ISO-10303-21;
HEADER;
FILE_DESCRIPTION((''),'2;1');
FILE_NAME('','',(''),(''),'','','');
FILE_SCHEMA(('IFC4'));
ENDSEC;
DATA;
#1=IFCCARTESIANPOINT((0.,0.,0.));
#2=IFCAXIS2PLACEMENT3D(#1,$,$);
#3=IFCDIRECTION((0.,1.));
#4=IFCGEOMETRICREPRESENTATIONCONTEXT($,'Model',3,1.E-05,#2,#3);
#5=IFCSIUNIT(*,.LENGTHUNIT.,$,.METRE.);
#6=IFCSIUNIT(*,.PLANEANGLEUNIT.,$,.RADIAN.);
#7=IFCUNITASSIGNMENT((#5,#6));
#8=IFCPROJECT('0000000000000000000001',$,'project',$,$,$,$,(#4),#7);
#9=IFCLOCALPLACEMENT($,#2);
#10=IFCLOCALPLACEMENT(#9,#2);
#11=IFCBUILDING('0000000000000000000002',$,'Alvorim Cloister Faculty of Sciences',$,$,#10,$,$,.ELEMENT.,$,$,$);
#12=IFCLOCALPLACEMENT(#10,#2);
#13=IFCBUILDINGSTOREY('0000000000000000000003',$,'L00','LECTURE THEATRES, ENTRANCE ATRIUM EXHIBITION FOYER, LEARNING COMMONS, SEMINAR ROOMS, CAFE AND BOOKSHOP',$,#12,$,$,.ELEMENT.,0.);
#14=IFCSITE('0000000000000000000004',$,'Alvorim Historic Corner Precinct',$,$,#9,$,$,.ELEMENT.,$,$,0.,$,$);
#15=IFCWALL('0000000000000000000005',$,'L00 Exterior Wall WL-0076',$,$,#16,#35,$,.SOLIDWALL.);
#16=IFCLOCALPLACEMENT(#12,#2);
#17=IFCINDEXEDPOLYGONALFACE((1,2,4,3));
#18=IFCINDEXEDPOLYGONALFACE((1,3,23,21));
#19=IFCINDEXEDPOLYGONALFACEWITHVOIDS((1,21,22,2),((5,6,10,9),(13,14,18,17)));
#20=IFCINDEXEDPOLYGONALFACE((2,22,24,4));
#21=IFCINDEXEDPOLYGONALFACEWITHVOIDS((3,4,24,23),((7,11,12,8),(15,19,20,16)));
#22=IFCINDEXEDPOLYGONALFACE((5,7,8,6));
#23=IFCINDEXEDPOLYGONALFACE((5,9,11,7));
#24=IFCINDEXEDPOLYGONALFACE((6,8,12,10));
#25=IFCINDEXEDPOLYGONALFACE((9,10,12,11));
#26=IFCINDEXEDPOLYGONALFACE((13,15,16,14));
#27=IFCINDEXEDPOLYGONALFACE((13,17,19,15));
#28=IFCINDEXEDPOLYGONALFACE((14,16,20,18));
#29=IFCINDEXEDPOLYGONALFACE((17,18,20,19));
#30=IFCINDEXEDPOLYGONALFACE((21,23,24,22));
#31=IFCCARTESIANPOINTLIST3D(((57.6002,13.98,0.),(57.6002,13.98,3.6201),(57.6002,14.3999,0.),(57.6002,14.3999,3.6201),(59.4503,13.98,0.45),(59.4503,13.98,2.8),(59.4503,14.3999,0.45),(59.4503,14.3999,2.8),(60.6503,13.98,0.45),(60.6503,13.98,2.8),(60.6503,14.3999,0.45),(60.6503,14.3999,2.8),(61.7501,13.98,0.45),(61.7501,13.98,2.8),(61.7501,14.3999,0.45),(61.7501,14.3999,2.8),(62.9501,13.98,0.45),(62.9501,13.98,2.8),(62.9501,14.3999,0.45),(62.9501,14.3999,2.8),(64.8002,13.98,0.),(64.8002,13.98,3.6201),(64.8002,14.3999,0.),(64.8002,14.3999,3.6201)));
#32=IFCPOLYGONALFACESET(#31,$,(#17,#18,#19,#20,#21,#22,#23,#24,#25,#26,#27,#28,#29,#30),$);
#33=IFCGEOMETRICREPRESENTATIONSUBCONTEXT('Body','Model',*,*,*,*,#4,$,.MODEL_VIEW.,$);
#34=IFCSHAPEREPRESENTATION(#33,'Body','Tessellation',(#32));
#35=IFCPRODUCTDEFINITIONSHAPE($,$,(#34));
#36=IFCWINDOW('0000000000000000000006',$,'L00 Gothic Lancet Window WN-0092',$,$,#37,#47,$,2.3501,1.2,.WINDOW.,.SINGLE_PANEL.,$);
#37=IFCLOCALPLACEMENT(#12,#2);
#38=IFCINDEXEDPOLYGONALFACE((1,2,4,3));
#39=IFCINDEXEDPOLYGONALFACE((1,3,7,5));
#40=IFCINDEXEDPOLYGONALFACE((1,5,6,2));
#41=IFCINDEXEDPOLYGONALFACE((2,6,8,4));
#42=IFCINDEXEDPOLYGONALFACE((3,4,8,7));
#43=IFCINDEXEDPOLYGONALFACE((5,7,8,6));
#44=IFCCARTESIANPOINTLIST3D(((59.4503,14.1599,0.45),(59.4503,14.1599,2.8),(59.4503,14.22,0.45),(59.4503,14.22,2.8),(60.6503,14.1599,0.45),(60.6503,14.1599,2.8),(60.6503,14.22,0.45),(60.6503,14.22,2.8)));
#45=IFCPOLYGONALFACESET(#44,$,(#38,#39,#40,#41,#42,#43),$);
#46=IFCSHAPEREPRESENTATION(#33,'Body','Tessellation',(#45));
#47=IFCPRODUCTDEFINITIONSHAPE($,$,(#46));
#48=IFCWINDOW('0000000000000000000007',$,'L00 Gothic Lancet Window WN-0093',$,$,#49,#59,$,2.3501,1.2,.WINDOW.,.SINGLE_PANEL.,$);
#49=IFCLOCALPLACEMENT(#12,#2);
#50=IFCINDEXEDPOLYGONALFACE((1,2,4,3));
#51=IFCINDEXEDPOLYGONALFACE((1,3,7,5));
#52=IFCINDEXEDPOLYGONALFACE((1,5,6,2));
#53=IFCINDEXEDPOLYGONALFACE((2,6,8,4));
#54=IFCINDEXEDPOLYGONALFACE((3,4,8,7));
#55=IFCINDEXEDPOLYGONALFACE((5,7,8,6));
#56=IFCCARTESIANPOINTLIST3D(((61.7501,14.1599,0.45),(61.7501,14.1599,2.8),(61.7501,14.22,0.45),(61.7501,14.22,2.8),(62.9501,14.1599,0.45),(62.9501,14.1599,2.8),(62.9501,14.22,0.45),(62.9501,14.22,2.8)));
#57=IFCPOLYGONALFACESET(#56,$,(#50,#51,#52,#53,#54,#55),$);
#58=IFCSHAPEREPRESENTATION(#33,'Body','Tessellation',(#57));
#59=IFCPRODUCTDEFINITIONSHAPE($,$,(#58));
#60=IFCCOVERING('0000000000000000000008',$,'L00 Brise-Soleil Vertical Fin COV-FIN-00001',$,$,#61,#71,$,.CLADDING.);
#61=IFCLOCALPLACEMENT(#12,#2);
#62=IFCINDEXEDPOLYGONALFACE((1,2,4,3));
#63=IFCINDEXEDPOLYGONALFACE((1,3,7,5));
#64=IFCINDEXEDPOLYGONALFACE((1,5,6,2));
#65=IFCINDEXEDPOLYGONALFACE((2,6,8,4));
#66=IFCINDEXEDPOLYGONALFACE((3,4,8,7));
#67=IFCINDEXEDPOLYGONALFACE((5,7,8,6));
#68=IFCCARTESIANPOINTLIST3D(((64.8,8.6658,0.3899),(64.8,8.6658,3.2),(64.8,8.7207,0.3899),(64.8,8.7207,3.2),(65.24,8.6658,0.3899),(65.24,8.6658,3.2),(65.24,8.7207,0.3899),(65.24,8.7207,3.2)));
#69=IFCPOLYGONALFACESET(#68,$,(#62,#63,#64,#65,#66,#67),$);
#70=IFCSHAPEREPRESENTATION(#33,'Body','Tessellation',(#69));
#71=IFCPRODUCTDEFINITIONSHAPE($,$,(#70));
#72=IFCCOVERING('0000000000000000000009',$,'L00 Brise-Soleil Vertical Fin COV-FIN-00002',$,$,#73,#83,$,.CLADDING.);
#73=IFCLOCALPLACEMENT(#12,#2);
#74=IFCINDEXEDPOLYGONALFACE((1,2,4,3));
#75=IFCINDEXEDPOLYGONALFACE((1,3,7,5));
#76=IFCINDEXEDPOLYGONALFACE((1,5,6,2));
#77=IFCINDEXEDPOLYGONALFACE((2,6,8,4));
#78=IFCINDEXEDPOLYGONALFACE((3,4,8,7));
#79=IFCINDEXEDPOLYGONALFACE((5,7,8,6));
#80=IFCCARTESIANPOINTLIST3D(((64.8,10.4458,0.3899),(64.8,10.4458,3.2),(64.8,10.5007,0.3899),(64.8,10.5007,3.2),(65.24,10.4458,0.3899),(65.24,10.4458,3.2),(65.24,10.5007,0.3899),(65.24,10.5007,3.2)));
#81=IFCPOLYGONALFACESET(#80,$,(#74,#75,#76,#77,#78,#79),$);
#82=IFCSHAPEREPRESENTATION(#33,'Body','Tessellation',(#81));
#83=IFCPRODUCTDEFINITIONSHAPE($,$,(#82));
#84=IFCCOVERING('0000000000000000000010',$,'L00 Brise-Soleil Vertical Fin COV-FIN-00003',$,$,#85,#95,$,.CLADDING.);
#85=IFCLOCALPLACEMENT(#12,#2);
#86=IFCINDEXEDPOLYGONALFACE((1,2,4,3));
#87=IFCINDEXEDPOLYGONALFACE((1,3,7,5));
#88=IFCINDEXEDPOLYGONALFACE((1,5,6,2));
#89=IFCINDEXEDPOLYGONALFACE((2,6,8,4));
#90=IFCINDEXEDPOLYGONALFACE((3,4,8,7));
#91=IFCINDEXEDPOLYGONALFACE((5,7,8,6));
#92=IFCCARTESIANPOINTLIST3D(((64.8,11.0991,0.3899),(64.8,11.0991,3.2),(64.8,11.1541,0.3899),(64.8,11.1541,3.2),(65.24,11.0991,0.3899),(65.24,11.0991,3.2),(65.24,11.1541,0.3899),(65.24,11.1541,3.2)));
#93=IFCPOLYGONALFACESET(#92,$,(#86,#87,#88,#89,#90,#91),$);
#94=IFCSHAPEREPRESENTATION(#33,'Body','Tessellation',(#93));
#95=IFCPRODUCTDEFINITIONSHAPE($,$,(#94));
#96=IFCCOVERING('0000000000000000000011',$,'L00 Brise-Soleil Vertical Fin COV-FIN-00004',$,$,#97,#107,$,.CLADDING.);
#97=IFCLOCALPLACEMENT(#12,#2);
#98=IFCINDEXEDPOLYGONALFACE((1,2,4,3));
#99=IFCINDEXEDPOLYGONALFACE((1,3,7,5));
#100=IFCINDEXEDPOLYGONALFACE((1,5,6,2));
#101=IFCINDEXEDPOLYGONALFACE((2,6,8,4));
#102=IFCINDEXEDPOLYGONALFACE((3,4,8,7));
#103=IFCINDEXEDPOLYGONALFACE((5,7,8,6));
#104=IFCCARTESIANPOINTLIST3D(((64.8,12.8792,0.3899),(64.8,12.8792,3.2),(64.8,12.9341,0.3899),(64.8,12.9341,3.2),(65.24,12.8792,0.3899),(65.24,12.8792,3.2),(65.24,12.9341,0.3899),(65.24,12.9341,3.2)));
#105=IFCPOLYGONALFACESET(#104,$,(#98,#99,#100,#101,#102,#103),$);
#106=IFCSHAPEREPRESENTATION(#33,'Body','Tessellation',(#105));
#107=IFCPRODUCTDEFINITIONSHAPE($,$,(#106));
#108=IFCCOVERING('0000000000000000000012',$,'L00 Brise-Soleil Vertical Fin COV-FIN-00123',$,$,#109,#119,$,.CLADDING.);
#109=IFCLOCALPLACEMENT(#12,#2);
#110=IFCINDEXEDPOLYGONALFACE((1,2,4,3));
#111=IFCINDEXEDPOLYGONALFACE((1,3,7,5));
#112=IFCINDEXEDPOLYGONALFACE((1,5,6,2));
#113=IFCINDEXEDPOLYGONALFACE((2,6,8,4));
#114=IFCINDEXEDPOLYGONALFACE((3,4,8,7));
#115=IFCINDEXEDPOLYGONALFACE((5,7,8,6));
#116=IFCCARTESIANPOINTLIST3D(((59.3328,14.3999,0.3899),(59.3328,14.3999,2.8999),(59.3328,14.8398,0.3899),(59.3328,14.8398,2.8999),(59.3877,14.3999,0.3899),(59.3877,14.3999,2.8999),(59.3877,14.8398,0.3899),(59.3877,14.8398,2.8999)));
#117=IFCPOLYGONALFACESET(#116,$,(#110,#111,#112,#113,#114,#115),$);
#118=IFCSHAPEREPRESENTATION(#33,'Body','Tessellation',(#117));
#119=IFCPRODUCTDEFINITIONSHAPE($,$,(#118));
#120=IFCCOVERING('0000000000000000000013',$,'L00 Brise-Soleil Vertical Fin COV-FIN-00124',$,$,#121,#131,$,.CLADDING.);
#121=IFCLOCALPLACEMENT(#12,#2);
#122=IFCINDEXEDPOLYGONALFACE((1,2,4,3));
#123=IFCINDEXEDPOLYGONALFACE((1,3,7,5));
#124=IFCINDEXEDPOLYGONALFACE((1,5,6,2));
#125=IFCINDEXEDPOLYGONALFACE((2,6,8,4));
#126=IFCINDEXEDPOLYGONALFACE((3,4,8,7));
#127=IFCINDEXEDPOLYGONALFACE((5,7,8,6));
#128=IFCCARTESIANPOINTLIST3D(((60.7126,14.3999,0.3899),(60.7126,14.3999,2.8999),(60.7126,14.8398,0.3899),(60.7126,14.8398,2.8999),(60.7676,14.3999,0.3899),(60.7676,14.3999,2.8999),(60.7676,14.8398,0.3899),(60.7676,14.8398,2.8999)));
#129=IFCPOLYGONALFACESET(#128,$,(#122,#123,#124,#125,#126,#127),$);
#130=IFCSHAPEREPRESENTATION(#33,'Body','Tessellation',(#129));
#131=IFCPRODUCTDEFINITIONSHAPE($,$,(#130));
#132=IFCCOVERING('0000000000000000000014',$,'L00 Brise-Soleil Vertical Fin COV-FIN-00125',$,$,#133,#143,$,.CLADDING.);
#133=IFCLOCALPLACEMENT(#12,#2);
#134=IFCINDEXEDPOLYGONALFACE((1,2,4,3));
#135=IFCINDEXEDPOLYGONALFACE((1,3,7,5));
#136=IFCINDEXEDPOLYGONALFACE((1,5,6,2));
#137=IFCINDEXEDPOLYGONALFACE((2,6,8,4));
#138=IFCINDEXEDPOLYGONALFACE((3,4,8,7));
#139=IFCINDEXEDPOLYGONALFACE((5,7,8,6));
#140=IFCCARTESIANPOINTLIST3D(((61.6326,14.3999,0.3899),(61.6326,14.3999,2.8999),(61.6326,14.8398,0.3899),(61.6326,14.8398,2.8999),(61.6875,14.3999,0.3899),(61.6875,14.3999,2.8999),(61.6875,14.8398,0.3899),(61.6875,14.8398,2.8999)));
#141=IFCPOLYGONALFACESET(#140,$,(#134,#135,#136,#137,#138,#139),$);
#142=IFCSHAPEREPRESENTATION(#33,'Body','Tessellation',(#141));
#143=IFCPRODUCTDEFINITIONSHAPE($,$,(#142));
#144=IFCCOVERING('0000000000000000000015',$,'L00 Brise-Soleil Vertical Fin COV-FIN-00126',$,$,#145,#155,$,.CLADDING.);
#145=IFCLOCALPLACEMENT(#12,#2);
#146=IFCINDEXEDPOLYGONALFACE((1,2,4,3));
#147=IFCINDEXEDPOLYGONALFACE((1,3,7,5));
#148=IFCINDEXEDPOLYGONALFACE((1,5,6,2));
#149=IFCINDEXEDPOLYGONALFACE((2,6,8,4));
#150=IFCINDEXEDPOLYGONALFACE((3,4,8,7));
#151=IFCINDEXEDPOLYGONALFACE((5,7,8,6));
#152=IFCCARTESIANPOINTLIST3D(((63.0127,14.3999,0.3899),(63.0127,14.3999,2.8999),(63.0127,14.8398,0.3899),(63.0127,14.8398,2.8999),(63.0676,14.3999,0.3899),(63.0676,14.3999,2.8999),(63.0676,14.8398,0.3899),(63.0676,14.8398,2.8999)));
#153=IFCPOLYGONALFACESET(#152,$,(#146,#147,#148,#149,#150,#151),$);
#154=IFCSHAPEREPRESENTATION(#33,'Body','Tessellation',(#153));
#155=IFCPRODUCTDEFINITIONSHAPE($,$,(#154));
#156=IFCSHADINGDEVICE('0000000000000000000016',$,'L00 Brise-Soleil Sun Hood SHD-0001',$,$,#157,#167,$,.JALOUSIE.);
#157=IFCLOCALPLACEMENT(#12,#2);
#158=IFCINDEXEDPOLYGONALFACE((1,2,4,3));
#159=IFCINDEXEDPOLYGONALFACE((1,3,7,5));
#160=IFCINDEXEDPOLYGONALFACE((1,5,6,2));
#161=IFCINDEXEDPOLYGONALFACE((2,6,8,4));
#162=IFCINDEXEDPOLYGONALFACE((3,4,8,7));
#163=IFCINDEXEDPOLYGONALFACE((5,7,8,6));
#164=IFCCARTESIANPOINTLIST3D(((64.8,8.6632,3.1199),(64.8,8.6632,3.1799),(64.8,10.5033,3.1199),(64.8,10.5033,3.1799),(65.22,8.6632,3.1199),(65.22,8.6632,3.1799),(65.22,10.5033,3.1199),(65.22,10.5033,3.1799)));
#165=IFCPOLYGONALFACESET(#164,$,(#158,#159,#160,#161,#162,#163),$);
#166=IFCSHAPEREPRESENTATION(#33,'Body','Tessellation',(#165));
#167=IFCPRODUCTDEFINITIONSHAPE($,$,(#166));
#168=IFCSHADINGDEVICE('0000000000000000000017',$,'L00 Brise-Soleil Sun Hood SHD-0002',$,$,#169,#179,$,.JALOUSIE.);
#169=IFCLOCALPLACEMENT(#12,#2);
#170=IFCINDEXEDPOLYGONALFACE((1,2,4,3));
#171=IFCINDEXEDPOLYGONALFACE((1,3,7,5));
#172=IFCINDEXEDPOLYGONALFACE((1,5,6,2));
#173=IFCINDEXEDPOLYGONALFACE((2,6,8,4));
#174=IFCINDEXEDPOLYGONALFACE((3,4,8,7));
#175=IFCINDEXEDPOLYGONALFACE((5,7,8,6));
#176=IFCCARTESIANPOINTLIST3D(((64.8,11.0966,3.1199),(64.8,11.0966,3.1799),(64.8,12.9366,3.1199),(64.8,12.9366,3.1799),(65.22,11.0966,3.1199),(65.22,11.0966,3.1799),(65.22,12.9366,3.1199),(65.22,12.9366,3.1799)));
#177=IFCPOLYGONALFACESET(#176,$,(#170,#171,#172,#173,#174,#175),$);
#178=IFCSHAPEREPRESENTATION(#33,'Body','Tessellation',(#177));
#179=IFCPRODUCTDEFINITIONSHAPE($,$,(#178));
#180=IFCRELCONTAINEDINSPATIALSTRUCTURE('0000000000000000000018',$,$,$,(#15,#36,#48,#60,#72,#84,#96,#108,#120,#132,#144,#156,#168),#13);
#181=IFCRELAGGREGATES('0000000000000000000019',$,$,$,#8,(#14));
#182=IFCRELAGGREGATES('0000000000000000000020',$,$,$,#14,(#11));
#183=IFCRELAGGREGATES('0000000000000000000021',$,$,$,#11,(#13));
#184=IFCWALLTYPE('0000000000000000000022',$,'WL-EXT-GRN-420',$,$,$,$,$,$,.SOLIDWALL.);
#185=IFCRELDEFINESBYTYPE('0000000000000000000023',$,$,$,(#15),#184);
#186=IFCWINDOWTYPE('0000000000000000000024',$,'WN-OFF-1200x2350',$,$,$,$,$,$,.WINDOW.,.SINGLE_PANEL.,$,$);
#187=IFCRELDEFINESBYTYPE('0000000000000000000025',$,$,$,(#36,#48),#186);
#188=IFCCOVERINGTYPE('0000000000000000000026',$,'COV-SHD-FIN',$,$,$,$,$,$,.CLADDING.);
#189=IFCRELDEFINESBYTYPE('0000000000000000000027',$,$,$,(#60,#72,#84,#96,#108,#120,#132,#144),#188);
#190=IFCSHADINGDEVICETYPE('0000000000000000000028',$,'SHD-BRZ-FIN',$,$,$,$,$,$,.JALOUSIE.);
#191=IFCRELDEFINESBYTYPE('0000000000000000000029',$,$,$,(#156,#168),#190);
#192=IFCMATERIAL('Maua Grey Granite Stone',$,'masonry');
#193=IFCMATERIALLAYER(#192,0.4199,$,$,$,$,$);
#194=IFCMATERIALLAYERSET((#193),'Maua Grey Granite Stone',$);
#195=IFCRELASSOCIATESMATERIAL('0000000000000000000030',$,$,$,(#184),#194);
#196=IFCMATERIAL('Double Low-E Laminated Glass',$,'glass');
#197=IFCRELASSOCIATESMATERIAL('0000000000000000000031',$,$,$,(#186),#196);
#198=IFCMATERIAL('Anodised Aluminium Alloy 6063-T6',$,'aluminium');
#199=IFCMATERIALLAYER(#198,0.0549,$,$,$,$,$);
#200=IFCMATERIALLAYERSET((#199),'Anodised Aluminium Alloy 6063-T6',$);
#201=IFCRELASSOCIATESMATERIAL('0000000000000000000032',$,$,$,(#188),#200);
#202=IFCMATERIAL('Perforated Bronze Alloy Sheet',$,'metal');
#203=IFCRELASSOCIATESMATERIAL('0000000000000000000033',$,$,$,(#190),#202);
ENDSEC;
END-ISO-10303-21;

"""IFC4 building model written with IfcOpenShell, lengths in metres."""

from ifc_helpers import new_model, si_unit, direction, frame, frame_2d, origin, origin_2d, place, context, subcontext, project, spatial, polyline, rectangle, outline, extrude, material, layer, layer_set, type_object, element, fill, save


model = new_model("IFC4")

# Units and contexts
model_context = context("Model", 3, precision=1e-05, world=origin(), true_north=direction((0.0, 1.0)))
body_context = subcontext(model_context, "Body", "Model", "MODEL_VIEW")
ifc_project = project(units=[si_unit("LENGTHUNIT", "METRE"), si_unit("PLANEANGLEUNIT", "RADIAN")], contexts=[model_context])

# Site, building, storey
site_placement = place(None, origin())
site = spatial("IfcSite", under=ifc_project, at=site_placement, Name="Alvorim Historic Corner Precinct", CompositionType="ELEMENT", RefElevation=0.0)
building_placement = place(site_placement, origin())
building = spatial("IfcBuilding", under=site, at=building_placement, Name="Alvorim Cloister Faculty of Sciences", CompositionType="ELEMENT")
storey_placement = place(building_placement, origin())
storey = spatial("IfcBuildingStorey", under=building, at=storey_placement, Name="L00", Description="LECTURE THEATRES, ENTRANCE ATRIUM EXHIBITION FOYER, LEARNING COMMONS, SEMINAR ROOMS, CAFE AND BOOKSHOP", CompositionType="ELEMENT", Elevation=0.0)

# Wall, openings, windows
ifc_material_1 = material(Name="Maua Grey Granite Stone", Category="masonry")
ifc_layer_1 = layer(ifc_material_1, 0.4199)
ifc_layer_set_1 = layer_set([ifc_layer_1], Name="Maua Grey Granite Stone")
wall_type = type_object("IfcWallType", Name="WL-EXT-GRN-420", PredefinedType="SOLIDWALL", material=ifc_layer_set_1)
ifc_material_2 = material(Name="Double Low-E Laminated Glass", Category="glass")
wall_1_placement = place(storey_placement, frame((57.6001, 14.1899, 0.0), z_axis=(0.0, 0.0, 1.0), x_axis=(1.0, 0.0, 0.0)))
wall_1 = element("IfcWall", 1, at=wall_1_placement, inside=storey, type_object=wall_type, Name="L00 Exterior Wall WL-0076", PredefinedType="SOLIDWALL", context=body_context, shape_type="SweptSolid", body=[
    extrude(rectangle(XDim=7.2, YDim=0.4199, at=frame_2d((3.6001, 0.0))), origin(), (0.0, 0.0, 1.0), 3.6201),
])
opening_1_placement = place(wall_1_placement, frame((1.8501, 0.0, 0.45)))
opening_1 = element("IfcOpeningElement", 2, at=opening_1_placement, cuts=wall_1, PredefinedType="OPENING", context=body_context, shape_type="SweptSolid", body=[
    extrude(rectangle(XDim=1.2, YDim=2.3501, at=frame_2d((0.6001, 1.175))), frame((0.0, 0.2219, 0.0), z_axis=(0.0, -1.0, 0.0), x_axis=(1.0, 0.0, 0.0)), (0.0, 0.0, 1.0), 0.4438),
])
opening_2_placement = place(wall_1_placement, frame((4.1499, 0.0, 0.45)))
opening_2 = element("IfcOpeningElement", 3, at=opening_2_placement, cuts=wall_1, PredefinedType="OPENING", context=body_context, shape_type="SweptSolid", body=[
    extrude(rectangle(XDim=1.2, YDim=2.3501, at=frame_2d((0.6001, 1.175))), frame((0.0, 0.2219, 0.0), z_axis=(0.0, -1.0, 0.0), x_axis=(1.0, 0.0, 0.0)), (0.0, 0.0, 1.0), 0.4438),
])
window_type_1 = type_object("IfcWindowType", Name="WN-OFF-1200x2350", PartitioningType="SINGLE_PANEL", PredefinedType="WINDOW", material=ifc_material_2)
window_1_placement = place(opening_1_placement, origin())
window_1 = element("IfcWindow", 4, at=window_1_placement, inside=storey, type_object=window_type_1, Name="L00 Gothic Lancet Window WN-0092", OverallHeight=2.3501, OverallWidth=1.2, PartitioningType="SINGLE_PANEL", PredefinedType="WINDOW", context=body_context, shape_type="SweptSolid", body=[
    extrude(rectangle(XDim=1.2, YDim=2.3501, at=frame_2d((0.6001, 1.175))), frame((0.0, 0.03, 0.0), z_axis=(0.0, -1.0, 0.0), x_axis=(1.0, 0.0, 0.0)), (0.0, 0.0, 1.0), 0.0601),
])
fill(opening_1, window_1)
window_2_placement = place(opening_2_placement, origin())
window_2 = element("IfcWindow", 5, at=window_2_placement, inside=storey, type_object=window_type_1, Name="L00 Gothic Lancet Window WN-0093", OverallHeight=2.3501, OverallWidth=1.2, PartitioningType="SINGLE_PANEL", PredefinedType="WINDOW", context=body_context, shape_type="SweptSolid", body=[
    extrude(rectangle(XDim=1.2, YDim=2.3501, at=frame_2d((0.6001, 1.175))), frame((0.0, 0.03, 0.0), z_axis=(0.0, -1.0, 0.0), x_axis=(1.0, 0.0, 0.0)), (0.0, 0.0, 1.0), 0.0601),
])
fill(opening_2, window_2)

# Coverings
ifc_material_3 = material(Name="Anodised Aluminium Alloy 6063-T6", Category="aluminium")
ifc_layer_2 = layer(ifc_material_3, 0.0549)
ifc_layer_set_2 = layer_set([ifc_layer_2], Name="Anodised Aluminium Alloy 6063-T6")
covering_type = type_object("IfcCoveringType", Name="COV-SHD-FIN", PredefinedType="CLADDING", material=ifc_layer_set_2)
for number, where, z_axis, x_axis, name in (
    (6, (64.8, 8.6934, 0.3899), (0.0, 0.0, 1.0), (1.0, 0.0, 0.0), "L00 Brise-Soleil Vertical Fin COV-FIN-00001"),
    (7, (64.8, 10.4734, 0.3899), (0.0, 0.0, 1.0), (1.0, 0.0, 0.0), "L00 Brise-Soleil Vertical Fin COV-FIN-00002"),
    (8, (64.8, 11.1267, 0.3899), (0.0, 0.0, 1.0), (1.0, 0.0, 0.0), "L00 Brise-Soleil Vertical Fin COV-FIN-00003"),
    (9, (64.8, 12.9067, 0.3899), (0.0, 0.0, 1.0), (1.0, 0.0, 0.0), "L00 Brise-Soleil Vertical Fin COV-FIN-00004"),
):
    element("IfcCovering", number, at=place(storey_placement, frame(where, z_axis=z_axis, x_axis=x_axis)), inside=storey, type_object=covering_type, Name=name, PredefinedType="CLADDING", context=body_context, shape_type="SweptSolid", body=[
        extrude(outline(polyline([(0.0, 0.0), (0.4399, 0.0), (0.4399, 2.8101), (0.0, 2.8101), (0.0, 0.0)])), frame((0.0, 0.0273, 0.0), z_axis=(0.0, -1.0, 0.0), x_axis=(1.0, 0.0, 0.0)), (0.0, 0.0, 1.0), 0.0549),
    ])
for number, where, z_axis, x_axis, name in (
    (10, (59.3601, 14.3999, 0.3899), (0.0, 0.0, 1.0), (0.0, 1.0, 0.0), "L00 Brise-Soleil Vertical Fin COV-FIN-00123"),
    (11, (60.74, 14.3999, 0.3899), (0.0, 0.0, 1.0), (0.0, 1.0, 0.0), "L00 Brise-Soleil Vertical Fin COV-FIN-00124"),
    (12, (61.6599, 14.3999, 0.3899), (0.0, 0.0, 1.0), (0.0, 1.0, 0.0), "L00 Brise-Soleil Vertical Fin COV-FIN-00125"),
    (13, (63.04, 14.3999, 0.3899), (0.0, 0.0, 1.0), (0.0, 1.0, 0.0), "L00 Brise-Soleil Vertical Fin COV-FIN-00126"),
):
    element("IfcCovering", number, at=place(storey_placement, frame(where, z_axis=z_axis, x_axis=x_axis)), inside=storey, type_object=covering_type, Name=name, PredefinedType="CLADDING", context=body_context, shape_type="SweptSolid", body=[
        extrude(outline(polyline([(0.0, 0.0), (0.4399, 0.0), (0.4399, 2.51), (0.0, 2.51), (0.0, 0.0)])), frame((0.0, 0.0273, 0.0), z_axis=(0.0, -1.0, 0.0), x_axis=(1.0, 0.0, 0.0)), (0.0, 0.0, 1.0), 0.0549),
    ])

# Shading devices
ifc_material_4 = material(Name="Perforated Bronze Alloy Sheet", Category="metal")
shading_device_type = type_object("IfcShadingDeviceType", Name="SHD-BRZ-FIN", PredefinedType="JALOUSIE", material=ifc_material_4)
for number, where, z_axis, x_axis, name in (
    (14, (65.01, 9.5833, 3.1199), (0.0, 0.0, 1.0), (1.0, 0.0, 0.0), "L00 Brise-Soleil Sun Hood SHD-0001"),
    (15, (65.01, 12.0166, 3.1199), (0.0, 0.0, 1.0), (1.0, 0.0, 0.0), "L00 Brise-Soleil Sun Hood SHD-0002"),
):
    element("IfcShadingDevice", number, at=place(storey_placement, frame(where, z_axis=z_axis, x_axis=x_axis)), inside=storey, type_object=shading_device_type, Name=name, PredefinedType="JALOUSIE", context=body_context, shape_type="SweptSolid", body=[
        extrude(rectangle(XDim=0.4199, YDim=1.8401, at=origin_2d()), origin(), (0.0, 0.0, 1.0), 0.0601),
    ])

save(model, "model.ifc")
